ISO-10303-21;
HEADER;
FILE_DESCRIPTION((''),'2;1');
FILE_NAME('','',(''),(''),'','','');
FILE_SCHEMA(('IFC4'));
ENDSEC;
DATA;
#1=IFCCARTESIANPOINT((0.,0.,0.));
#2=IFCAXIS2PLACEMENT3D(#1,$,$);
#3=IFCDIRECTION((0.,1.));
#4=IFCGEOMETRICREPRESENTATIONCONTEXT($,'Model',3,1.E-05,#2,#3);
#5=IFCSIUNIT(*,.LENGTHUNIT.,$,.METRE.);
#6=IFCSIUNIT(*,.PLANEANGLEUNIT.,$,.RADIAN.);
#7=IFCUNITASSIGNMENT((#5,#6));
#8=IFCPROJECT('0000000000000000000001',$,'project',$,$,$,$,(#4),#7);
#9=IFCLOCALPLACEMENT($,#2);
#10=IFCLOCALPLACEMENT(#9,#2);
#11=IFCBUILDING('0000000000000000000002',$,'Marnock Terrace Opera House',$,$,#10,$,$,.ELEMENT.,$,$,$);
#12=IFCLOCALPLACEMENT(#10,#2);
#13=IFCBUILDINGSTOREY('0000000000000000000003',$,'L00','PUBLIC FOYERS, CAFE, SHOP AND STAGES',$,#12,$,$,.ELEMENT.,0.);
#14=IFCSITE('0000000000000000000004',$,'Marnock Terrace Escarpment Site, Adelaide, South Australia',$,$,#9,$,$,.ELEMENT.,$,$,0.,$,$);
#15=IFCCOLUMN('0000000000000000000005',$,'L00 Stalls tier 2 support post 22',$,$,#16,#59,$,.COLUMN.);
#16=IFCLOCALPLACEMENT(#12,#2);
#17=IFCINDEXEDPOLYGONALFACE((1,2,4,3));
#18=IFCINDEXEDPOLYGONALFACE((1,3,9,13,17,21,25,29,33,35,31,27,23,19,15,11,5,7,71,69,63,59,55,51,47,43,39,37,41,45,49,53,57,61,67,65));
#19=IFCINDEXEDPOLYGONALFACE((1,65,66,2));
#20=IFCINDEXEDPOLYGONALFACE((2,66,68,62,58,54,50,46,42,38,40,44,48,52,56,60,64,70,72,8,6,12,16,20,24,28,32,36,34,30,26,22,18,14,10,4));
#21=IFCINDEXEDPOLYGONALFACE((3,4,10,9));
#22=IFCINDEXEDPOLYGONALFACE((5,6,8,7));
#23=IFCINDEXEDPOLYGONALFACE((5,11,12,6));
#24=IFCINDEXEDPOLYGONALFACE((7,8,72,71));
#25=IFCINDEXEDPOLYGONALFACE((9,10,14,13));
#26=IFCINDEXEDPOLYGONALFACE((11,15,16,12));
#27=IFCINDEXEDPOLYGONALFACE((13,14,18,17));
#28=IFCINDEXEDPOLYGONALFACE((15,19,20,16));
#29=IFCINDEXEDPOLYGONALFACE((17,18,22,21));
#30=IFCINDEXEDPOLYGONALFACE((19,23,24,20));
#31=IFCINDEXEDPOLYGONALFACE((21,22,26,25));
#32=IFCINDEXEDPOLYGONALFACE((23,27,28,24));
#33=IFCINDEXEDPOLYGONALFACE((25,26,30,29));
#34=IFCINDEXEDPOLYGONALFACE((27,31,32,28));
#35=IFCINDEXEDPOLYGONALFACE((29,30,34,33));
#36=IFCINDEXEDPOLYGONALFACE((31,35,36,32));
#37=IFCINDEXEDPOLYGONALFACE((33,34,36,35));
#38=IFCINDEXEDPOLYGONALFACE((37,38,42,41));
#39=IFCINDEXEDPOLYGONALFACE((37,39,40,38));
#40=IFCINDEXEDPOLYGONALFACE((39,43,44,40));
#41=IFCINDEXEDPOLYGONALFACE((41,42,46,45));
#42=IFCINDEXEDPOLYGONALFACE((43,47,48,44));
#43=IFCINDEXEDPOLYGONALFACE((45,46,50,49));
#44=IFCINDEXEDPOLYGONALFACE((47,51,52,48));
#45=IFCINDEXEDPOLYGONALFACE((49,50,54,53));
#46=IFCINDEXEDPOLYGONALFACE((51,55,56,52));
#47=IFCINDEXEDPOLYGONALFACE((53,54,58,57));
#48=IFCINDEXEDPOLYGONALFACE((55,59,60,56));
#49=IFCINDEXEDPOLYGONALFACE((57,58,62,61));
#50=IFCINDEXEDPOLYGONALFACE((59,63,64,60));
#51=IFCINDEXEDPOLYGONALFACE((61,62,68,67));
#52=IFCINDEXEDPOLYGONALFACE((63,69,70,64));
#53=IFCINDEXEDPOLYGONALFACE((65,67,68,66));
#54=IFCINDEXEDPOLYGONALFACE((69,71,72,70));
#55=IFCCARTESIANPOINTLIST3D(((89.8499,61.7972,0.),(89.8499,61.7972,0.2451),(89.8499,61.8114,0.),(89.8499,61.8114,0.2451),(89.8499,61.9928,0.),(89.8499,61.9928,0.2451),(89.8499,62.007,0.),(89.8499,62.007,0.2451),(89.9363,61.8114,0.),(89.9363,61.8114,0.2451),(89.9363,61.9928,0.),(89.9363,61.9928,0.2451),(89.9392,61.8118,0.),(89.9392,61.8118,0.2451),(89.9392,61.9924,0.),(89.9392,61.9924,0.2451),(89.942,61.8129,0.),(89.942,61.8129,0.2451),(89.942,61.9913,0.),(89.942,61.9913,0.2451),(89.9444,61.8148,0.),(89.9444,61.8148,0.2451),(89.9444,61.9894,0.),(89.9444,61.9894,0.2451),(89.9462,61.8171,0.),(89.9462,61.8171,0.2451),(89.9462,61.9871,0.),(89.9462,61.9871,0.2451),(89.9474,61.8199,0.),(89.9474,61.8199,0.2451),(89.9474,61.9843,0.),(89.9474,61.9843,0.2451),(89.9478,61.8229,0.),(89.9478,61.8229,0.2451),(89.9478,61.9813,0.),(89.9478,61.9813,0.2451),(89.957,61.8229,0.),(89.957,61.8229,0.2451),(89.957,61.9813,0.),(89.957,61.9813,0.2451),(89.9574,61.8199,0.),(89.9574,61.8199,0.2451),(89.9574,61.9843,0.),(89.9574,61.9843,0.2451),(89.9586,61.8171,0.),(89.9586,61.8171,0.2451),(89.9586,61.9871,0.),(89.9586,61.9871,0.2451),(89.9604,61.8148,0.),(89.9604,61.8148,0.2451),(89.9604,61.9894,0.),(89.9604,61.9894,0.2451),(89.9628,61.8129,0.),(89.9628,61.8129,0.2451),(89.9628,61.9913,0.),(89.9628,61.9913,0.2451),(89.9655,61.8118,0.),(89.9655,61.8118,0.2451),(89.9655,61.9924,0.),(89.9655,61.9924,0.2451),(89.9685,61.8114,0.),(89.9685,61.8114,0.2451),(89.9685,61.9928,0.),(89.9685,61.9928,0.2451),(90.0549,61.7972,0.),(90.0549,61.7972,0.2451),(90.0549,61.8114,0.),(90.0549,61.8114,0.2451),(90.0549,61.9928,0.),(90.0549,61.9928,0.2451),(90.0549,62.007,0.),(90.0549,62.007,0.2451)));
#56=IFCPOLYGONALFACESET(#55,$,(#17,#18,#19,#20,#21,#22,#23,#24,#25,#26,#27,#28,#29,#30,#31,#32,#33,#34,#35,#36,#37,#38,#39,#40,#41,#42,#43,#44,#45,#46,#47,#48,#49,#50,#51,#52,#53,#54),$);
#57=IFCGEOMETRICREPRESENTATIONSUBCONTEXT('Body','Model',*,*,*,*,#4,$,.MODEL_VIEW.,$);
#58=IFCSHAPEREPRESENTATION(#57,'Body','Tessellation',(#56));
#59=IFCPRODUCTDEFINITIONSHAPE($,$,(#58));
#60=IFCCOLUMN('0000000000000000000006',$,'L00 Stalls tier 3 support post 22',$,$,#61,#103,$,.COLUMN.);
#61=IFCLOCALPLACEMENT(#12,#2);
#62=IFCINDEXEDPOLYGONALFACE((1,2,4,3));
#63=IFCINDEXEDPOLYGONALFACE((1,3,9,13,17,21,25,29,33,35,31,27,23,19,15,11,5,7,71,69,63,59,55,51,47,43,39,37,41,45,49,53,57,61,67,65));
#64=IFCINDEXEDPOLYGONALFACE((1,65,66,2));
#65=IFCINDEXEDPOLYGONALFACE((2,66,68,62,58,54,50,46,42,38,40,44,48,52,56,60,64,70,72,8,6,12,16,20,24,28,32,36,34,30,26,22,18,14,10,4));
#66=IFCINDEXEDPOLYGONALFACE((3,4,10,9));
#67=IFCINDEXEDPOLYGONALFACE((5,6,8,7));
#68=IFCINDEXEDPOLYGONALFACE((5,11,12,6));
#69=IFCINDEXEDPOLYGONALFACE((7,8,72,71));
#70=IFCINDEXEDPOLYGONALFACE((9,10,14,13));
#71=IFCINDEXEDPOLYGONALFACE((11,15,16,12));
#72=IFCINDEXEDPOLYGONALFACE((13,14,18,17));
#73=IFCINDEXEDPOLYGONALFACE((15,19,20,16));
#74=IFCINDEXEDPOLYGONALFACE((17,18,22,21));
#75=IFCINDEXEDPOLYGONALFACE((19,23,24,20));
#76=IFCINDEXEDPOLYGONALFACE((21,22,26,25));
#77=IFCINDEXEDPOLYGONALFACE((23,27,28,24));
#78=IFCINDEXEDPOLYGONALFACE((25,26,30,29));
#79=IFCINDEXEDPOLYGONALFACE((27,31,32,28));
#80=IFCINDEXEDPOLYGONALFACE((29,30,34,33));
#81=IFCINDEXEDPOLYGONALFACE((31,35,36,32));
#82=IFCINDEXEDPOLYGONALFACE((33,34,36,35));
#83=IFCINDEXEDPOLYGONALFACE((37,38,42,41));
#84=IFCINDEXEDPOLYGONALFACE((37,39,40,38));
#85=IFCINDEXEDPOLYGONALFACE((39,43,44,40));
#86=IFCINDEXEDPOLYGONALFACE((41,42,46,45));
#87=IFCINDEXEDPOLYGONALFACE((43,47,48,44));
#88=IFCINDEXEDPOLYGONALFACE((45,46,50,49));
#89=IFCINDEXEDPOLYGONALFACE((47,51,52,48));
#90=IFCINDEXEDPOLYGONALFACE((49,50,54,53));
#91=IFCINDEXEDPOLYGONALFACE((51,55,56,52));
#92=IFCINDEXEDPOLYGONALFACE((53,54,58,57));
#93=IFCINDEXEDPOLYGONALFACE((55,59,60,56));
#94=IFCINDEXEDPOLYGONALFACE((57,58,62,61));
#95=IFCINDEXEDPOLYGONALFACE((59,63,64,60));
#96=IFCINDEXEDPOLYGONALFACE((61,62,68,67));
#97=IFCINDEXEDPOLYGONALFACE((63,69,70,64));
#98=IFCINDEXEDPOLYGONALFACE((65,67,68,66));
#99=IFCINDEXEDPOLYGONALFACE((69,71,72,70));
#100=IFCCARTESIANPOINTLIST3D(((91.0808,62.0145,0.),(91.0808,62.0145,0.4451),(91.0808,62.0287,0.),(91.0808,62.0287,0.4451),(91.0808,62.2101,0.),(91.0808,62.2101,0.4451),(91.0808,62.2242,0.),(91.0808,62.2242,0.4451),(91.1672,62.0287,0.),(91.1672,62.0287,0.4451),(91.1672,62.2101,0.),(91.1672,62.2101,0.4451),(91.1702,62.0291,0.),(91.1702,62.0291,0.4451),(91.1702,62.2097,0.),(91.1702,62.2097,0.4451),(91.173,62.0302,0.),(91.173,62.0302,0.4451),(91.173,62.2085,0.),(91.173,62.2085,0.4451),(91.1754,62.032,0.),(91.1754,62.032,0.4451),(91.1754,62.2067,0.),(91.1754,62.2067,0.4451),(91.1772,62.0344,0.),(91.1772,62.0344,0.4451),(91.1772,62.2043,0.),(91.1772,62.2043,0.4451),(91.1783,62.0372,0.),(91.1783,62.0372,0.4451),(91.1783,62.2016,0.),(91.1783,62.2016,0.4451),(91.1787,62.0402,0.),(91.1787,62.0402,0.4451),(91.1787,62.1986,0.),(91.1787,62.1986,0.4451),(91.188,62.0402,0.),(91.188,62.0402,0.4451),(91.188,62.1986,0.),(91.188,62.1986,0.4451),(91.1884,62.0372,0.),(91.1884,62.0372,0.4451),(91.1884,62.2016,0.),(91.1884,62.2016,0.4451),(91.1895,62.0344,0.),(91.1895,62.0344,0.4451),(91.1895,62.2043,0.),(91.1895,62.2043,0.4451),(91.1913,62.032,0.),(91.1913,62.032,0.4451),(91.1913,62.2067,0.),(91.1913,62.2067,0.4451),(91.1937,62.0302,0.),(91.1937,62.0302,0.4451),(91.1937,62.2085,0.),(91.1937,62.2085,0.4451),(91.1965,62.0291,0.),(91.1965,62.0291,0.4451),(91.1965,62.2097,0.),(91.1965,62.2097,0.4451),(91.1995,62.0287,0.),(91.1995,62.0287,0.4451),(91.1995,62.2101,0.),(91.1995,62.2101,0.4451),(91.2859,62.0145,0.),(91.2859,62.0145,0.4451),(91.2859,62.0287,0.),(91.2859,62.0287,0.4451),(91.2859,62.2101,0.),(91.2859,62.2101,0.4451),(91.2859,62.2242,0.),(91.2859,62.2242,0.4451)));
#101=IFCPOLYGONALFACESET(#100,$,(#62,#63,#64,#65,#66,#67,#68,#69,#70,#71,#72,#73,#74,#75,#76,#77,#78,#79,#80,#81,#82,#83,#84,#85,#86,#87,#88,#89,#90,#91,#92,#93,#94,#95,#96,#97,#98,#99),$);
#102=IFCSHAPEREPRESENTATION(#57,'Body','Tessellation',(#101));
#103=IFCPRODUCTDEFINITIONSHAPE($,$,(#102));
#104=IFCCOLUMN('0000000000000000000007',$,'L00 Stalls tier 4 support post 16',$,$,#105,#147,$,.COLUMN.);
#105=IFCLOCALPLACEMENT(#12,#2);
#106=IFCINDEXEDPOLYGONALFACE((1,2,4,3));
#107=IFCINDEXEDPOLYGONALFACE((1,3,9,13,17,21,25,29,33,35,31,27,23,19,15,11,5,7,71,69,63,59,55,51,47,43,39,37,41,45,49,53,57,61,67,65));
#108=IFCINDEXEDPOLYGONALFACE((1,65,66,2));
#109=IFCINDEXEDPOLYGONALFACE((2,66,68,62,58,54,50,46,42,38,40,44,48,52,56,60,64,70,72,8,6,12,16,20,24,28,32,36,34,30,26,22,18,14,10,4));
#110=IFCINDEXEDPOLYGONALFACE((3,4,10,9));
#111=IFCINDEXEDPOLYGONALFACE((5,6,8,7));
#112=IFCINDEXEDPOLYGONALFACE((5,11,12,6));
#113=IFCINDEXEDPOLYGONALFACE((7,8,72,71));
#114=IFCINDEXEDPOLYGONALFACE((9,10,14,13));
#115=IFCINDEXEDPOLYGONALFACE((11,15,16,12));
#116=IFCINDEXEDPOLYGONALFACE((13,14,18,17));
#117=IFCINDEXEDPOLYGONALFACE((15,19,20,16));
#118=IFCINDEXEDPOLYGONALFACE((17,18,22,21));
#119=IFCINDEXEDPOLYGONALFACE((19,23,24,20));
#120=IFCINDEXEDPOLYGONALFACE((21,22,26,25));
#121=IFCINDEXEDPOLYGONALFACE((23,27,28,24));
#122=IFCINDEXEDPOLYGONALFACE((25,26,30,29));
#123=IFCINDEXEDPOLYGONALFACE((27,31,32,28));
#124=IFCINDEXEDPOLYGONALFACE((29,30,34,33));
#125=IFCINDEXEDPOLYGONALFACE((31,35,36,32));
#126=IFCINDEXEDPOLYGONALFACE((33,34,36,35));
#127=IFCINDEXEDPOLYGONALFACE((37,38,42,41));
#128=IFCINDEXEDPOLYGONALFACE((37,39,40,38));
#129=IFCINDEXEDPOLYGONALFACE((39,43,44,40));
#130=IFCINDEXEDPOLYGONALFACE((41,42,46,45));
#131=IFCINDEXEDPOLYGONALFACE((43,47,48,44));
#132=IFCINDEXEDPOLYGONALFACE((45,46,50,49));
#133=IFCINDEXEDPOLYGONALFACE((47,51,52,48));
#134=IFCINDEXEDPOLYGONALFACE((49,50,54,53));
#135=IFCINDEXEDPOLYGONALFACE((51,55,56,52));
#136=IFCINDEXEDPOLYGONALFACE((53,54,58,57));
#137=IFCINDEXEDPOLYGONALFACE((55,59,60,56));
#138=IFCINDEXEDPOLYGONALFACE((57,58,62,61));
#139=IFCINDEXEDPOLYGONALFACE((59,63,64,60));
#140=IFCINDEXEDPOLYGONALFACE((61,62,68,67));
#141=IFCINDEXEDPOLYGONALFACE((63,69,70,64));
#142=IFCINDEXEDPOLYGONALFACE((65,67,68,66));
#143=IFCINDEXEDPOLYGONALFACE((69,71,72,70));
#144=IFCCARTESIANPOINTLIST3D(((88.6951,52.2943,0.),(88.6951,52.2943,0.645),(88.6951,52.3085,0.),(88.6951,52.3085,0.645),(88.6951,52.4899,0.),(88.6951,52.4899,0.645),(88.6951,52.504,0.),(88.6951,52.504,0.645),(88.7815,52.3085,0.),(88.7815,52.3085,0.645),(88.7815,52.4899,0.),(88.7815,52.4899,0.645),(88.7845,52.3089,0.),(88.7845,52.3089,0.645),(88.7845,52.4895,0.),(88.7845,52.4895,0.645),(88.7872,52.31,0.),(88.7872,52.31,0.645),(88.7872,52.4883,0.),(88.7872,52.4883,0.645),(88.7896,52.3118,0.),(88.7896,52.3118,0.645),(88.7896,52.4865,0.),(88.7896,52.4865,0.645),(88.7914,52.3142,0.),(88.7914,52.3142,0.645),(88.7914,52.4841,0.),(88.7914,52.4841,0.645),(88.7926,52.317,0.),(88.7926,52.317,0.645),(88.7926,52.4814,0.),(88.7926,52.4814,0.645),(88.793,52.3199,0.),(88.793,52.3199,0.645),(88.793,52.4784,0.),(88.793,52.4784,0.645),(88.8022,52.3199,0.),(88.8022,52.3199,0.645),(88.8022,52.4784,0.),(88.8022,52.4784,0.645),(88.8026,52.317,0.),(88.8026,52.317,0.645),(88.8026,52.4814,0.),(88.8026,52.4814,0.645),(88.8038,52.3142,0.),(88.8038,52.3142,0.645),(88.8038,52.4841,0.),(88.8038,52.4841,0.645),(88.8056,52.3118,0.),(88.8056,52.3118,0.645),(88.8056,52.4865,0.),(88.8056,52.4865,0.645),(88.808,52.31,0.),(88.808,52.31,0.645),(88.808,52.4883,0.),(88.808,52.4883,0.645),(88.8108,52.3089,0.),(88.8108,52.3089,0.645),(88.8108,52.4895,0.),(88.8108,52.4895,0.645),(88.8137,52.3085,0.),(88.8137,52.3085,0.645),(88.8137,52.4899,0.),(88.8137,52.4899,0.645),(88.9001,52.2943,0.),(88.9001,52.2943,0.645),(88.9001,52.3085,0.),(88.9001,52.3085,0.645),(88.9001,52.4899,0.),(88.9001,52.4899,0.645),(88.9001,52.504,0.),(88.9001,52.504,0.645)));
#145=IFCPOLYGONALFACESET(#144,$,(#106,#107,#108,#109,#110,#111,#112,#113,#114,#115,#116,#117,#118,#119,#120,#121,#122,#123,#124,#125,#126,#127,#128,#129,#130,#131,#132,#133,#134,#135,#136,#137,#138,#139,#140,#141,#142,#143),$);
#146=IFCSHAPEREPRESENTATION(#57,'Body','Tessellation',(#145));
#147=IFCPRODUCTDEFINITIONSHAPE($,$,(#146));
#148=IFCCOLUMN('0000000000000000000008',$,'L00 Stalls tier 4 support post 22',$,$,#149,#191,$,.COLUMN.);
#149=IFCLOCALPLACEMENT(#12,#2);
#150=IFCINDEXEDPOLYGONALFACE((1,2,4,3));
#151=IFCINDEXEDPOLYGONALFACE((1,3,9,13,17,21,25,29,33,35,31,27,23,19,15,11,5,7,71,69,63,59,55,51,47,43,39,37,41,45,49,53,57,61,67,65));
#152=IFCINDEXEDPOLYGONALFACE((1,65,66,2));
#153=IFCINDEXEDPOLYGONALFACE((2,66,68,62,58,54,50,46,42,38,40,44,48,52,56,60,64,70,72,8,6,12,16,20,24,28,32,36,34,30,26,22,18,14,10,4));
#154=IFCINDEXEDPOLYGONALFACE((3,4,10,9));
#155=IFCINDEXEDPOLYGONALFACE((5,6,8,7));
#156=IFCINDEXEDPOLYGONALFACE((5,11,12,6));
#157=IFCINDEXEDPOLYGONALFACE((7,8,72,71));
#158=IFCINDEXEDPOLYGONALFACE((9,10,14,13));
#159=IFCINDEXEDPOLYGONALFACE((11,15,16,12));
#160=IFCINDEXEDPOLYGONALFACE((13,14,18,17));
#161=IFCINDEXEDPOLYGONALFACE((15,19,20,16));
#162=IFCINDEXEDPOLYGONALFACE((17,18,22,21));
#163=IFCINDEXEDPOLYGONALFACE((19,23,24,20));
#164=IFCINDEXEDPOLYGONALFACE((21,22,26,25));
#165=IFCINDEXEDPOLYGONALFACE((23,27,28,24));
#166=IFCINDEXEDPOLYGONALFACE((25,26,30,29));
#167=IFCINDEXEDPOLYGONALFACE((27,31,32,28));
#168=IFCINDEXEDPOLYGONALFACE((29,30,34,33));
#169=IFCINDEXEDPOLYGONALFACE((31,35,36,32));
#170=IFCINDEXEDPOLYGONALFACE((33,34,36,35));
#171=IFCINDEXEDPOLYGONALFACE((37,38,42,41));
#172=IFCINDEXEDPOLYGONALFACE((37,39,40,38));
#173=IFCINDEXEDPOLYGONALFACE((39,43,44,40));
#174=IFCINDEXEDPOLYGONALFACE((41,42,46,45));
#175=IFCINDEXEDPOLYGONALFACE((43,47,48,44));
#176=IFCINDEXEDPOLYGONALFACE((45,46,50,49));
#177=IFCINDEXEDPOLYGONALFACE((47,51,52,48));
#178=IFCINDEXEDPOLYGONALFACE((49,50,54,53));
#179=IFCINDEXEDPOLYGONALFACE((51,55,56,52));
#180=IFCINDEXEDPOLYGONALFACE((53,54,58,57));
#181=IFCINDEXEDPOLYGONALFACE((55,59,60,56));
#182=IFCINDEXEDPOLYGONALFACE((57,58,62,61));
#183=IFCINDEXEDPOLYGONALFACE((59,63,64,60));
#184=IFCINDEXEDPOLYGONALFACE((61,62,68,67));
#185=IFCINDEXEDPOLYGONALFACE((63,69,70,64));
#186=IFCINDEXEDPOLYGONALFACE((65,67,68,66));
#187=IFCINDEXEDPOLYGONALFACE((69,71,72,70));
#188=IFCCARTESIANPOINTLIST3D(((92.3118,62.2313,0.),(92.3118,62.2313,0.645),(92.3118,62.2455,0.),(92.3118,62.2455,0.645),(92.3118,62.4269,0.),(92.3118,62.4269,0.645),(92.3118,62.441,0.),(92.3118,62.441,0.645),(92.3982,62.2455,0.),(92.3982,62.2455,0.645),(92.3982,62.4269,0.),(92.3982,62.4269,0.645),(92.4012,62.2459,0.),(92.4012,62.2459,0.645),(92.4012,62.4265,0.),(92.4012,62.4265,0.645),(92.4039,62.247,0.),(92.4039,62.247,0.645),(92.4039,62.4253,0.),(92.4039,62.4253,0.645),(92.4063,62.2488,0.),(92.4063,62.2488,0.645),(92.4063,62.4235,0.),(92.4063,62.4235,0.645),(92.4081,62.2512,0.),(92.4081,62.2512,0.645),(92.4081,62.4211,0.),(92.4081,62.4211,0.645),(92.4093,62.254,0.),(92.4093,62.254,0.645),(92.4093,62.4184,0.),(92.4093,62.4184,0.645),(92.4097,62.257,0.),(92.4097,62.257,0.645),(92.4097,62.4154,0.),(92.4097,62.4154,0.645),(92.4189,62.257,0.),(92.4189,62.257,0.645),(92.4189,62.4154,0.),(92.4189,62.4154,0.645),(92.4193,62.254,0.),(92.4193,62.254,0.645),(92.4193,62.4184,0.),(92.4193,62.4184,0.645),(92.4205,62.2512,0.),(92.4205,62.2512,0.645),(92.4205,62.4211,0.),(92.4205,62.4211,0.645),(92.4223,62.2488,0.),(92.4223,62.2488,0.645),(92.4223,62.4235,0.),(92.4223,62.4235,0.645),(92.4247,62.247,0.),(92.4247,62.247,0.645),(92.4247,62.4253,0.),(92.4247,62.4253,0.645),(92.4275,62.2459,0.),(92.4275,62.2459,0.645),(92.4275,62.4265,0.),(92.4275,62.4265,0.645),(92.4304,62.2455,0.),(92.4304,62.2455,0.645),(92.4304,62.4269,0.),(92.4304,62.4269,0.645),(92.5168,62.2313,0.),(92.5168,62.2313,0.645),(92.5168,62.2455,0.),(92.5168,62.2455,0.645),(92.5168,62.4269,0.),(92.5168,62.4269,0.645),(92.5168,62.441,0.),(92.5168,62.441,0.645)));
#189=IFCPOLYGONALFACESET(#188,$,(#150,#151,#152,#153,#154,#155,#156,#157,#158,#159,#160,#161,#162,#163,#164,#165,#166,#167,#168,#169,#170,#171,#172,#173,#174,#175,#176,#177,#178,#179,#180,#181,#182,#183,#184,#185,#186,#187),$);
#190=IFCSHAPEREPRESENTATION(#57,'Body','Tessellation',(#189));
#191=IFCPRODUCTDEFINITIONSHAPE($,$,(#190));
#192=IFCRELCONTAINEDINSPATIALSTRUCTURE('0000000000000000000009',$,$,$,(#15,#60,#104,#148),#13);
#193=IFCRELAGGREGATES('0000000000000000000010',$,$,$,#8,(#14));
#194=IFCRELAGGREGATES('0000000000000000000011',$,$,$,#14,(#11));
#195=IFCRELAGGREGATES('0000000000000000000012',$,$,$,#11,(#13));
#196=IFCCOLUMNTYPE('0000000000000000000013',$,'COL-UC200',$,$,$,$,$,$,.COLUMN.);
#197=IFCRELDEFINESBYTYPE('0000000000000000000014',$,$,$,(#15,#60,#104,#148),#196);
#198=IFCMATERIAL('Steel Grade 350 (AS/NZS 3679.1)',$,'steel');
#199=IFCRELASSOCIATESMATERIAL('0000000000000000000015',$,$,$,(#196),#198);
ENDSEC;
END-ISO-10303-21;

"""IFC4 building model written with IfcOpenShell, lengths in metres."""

from ifc_helpers import new_model, si_unit, direction, frame, origin, origin_2d, place, context, subcontext, project, spatial, i_section, extrude, material, material_profile, profile_set, type_object, element, save


model = new_model("IFC4")

# Units and contexts
model_context = context("Model", 3, precision=1e-05, world=origin(), true_north=direction((0.0, 1.0)))
body_context = subcontext(model_context, "Body", "Model", "MODEL_VIEW")
ifc_project = project(units=[si_unit("LENGTHUNIT", "METRE"), si_unit("PLANEANGLEUNIT", "RADIAN")], contexts=[model_context])

# Site, building, storey
site_placement = place(None, origin())
site = spatial("IfcSite", under=ifc_project, at=site_placement, Name="Marnock Terrace Escarpment Site, Adelaide, South Australia", CompositionType="ELEMENT", RefElevation=0.0)
building_placement = place(site_placement, origin())
building = spatial("IfcBuilding", under=site, at=building_placement, Name="Marnock Terrace Opera House", CompositionType="ELEMENT")
storey_placement = place(building_placement, origin())
storey = spatial("IfcBuildingStorey", under=building, at=storey_placement, Name="L00", Description="PUBLIC FOYERS, CAFE, SHOP AND STAGES", CompositionType="ELEMENT", Elevation=0.0)

# Columns
ifc_material_1 = material(Name="Steel Grade 350 (AS/NZS 3679.1)", Category="steel")
ifc_material_profile_1 = material_profile(ifc_material_1, i_section(OverallWidth=0.2051, OverallDepth=0.2097, WebThickness=0.0093, FlangeThickness=0.0142, FilletRadius=0.0115, at=origin_2d()))
ifc_profile_set_1 = profile_set([ifc_material_profile_1], Name="Steel Grade 350 (AS/NZS 3679.1)")
column_type_1 = type_object("IfcColumnType", Name="COL-UC200", PredefinedType="COLUMN", material=ifc_profile_set_1)
column_1_placement = place(storey_placement, frame((89.9524, 61.9021, 0.0), z_axis=(0.0, 0.0, 1.0), x_axis=(1.0, 0.0, 0.0)))
element("IfcColumn", 1, at=column_1_placement, inside=storey, type_object=column_type_1, Name="L00 Stalls tier 2 support post 22", PredefinedType="COLUMN", context=body_context, shape_type="SweptSolid", body=[
    extrude(i_section(OverallWidth=0.2051, OverallDepth=0.2097, WebThickness=0.0093, FlangeThickness=0.0142, FilletRadius=0.0115, at=origin_2d()), origin(), (0.0, 0.0, 1.0), 0.2451),
])
column_2_placement = place(storey_placement, frame((91.1833, 62.1194, 0.0), z_axis=(0.0, 0.0, 1.0), x_axis=(1.0, 0.0, 0.0)))
element("IfcColumn", 2, at=column_2_placement, inside=storey, type_object=column_type_1, Name="L00 Stalls tier 3 support post 22", PredefinedType="COLUMN", context=body_context, shape_type="SweptSolid", body=[
    extrude(i_section(OverallWidth=0.2051, OverallDepth=0.2097, WebThickness=0.0093, FlangeThickness=0.0142, FilletRadius=0.0115, at=origin_2d()), origin(), (0.0, 0.0, 1.0), 0.4451),
])
for number, where, z_axis, x_axis, name in (
    (3, (88.7976, 52.3992, 0.0), (0.0, 0.0, 1.0), (1.0, 0.0, 0.0), "L00 Stalls tier 4 support post 16"),
    (4, (92.4143, 62.3362, 0.0), (0.0, 0.0, 1.0), (1.0, 0.0, 0.0), "L00 Stalls tier 4 support post 22"),
):
    element("IfcColumn", number, at=place(storey_placement, frame(where, z_axis=z_axis, x_axis=x_axis)), inside=storey, type_object=column_type_1, Name=name, PredefinedType="COLUMN", context=body_context, shape_type="SweptSolid", body=[
        extrude(i_section(OverallWidth=0.2051, OverallDepth=0.2097, WebThickness=0.0093, FlangeThickness=0.0142, FilletRadius=0.0115, at=origin_2d()), origin(), (0.0, 0.0, 1.0), 0.645),
    ])

save(model, "model.ifc")
